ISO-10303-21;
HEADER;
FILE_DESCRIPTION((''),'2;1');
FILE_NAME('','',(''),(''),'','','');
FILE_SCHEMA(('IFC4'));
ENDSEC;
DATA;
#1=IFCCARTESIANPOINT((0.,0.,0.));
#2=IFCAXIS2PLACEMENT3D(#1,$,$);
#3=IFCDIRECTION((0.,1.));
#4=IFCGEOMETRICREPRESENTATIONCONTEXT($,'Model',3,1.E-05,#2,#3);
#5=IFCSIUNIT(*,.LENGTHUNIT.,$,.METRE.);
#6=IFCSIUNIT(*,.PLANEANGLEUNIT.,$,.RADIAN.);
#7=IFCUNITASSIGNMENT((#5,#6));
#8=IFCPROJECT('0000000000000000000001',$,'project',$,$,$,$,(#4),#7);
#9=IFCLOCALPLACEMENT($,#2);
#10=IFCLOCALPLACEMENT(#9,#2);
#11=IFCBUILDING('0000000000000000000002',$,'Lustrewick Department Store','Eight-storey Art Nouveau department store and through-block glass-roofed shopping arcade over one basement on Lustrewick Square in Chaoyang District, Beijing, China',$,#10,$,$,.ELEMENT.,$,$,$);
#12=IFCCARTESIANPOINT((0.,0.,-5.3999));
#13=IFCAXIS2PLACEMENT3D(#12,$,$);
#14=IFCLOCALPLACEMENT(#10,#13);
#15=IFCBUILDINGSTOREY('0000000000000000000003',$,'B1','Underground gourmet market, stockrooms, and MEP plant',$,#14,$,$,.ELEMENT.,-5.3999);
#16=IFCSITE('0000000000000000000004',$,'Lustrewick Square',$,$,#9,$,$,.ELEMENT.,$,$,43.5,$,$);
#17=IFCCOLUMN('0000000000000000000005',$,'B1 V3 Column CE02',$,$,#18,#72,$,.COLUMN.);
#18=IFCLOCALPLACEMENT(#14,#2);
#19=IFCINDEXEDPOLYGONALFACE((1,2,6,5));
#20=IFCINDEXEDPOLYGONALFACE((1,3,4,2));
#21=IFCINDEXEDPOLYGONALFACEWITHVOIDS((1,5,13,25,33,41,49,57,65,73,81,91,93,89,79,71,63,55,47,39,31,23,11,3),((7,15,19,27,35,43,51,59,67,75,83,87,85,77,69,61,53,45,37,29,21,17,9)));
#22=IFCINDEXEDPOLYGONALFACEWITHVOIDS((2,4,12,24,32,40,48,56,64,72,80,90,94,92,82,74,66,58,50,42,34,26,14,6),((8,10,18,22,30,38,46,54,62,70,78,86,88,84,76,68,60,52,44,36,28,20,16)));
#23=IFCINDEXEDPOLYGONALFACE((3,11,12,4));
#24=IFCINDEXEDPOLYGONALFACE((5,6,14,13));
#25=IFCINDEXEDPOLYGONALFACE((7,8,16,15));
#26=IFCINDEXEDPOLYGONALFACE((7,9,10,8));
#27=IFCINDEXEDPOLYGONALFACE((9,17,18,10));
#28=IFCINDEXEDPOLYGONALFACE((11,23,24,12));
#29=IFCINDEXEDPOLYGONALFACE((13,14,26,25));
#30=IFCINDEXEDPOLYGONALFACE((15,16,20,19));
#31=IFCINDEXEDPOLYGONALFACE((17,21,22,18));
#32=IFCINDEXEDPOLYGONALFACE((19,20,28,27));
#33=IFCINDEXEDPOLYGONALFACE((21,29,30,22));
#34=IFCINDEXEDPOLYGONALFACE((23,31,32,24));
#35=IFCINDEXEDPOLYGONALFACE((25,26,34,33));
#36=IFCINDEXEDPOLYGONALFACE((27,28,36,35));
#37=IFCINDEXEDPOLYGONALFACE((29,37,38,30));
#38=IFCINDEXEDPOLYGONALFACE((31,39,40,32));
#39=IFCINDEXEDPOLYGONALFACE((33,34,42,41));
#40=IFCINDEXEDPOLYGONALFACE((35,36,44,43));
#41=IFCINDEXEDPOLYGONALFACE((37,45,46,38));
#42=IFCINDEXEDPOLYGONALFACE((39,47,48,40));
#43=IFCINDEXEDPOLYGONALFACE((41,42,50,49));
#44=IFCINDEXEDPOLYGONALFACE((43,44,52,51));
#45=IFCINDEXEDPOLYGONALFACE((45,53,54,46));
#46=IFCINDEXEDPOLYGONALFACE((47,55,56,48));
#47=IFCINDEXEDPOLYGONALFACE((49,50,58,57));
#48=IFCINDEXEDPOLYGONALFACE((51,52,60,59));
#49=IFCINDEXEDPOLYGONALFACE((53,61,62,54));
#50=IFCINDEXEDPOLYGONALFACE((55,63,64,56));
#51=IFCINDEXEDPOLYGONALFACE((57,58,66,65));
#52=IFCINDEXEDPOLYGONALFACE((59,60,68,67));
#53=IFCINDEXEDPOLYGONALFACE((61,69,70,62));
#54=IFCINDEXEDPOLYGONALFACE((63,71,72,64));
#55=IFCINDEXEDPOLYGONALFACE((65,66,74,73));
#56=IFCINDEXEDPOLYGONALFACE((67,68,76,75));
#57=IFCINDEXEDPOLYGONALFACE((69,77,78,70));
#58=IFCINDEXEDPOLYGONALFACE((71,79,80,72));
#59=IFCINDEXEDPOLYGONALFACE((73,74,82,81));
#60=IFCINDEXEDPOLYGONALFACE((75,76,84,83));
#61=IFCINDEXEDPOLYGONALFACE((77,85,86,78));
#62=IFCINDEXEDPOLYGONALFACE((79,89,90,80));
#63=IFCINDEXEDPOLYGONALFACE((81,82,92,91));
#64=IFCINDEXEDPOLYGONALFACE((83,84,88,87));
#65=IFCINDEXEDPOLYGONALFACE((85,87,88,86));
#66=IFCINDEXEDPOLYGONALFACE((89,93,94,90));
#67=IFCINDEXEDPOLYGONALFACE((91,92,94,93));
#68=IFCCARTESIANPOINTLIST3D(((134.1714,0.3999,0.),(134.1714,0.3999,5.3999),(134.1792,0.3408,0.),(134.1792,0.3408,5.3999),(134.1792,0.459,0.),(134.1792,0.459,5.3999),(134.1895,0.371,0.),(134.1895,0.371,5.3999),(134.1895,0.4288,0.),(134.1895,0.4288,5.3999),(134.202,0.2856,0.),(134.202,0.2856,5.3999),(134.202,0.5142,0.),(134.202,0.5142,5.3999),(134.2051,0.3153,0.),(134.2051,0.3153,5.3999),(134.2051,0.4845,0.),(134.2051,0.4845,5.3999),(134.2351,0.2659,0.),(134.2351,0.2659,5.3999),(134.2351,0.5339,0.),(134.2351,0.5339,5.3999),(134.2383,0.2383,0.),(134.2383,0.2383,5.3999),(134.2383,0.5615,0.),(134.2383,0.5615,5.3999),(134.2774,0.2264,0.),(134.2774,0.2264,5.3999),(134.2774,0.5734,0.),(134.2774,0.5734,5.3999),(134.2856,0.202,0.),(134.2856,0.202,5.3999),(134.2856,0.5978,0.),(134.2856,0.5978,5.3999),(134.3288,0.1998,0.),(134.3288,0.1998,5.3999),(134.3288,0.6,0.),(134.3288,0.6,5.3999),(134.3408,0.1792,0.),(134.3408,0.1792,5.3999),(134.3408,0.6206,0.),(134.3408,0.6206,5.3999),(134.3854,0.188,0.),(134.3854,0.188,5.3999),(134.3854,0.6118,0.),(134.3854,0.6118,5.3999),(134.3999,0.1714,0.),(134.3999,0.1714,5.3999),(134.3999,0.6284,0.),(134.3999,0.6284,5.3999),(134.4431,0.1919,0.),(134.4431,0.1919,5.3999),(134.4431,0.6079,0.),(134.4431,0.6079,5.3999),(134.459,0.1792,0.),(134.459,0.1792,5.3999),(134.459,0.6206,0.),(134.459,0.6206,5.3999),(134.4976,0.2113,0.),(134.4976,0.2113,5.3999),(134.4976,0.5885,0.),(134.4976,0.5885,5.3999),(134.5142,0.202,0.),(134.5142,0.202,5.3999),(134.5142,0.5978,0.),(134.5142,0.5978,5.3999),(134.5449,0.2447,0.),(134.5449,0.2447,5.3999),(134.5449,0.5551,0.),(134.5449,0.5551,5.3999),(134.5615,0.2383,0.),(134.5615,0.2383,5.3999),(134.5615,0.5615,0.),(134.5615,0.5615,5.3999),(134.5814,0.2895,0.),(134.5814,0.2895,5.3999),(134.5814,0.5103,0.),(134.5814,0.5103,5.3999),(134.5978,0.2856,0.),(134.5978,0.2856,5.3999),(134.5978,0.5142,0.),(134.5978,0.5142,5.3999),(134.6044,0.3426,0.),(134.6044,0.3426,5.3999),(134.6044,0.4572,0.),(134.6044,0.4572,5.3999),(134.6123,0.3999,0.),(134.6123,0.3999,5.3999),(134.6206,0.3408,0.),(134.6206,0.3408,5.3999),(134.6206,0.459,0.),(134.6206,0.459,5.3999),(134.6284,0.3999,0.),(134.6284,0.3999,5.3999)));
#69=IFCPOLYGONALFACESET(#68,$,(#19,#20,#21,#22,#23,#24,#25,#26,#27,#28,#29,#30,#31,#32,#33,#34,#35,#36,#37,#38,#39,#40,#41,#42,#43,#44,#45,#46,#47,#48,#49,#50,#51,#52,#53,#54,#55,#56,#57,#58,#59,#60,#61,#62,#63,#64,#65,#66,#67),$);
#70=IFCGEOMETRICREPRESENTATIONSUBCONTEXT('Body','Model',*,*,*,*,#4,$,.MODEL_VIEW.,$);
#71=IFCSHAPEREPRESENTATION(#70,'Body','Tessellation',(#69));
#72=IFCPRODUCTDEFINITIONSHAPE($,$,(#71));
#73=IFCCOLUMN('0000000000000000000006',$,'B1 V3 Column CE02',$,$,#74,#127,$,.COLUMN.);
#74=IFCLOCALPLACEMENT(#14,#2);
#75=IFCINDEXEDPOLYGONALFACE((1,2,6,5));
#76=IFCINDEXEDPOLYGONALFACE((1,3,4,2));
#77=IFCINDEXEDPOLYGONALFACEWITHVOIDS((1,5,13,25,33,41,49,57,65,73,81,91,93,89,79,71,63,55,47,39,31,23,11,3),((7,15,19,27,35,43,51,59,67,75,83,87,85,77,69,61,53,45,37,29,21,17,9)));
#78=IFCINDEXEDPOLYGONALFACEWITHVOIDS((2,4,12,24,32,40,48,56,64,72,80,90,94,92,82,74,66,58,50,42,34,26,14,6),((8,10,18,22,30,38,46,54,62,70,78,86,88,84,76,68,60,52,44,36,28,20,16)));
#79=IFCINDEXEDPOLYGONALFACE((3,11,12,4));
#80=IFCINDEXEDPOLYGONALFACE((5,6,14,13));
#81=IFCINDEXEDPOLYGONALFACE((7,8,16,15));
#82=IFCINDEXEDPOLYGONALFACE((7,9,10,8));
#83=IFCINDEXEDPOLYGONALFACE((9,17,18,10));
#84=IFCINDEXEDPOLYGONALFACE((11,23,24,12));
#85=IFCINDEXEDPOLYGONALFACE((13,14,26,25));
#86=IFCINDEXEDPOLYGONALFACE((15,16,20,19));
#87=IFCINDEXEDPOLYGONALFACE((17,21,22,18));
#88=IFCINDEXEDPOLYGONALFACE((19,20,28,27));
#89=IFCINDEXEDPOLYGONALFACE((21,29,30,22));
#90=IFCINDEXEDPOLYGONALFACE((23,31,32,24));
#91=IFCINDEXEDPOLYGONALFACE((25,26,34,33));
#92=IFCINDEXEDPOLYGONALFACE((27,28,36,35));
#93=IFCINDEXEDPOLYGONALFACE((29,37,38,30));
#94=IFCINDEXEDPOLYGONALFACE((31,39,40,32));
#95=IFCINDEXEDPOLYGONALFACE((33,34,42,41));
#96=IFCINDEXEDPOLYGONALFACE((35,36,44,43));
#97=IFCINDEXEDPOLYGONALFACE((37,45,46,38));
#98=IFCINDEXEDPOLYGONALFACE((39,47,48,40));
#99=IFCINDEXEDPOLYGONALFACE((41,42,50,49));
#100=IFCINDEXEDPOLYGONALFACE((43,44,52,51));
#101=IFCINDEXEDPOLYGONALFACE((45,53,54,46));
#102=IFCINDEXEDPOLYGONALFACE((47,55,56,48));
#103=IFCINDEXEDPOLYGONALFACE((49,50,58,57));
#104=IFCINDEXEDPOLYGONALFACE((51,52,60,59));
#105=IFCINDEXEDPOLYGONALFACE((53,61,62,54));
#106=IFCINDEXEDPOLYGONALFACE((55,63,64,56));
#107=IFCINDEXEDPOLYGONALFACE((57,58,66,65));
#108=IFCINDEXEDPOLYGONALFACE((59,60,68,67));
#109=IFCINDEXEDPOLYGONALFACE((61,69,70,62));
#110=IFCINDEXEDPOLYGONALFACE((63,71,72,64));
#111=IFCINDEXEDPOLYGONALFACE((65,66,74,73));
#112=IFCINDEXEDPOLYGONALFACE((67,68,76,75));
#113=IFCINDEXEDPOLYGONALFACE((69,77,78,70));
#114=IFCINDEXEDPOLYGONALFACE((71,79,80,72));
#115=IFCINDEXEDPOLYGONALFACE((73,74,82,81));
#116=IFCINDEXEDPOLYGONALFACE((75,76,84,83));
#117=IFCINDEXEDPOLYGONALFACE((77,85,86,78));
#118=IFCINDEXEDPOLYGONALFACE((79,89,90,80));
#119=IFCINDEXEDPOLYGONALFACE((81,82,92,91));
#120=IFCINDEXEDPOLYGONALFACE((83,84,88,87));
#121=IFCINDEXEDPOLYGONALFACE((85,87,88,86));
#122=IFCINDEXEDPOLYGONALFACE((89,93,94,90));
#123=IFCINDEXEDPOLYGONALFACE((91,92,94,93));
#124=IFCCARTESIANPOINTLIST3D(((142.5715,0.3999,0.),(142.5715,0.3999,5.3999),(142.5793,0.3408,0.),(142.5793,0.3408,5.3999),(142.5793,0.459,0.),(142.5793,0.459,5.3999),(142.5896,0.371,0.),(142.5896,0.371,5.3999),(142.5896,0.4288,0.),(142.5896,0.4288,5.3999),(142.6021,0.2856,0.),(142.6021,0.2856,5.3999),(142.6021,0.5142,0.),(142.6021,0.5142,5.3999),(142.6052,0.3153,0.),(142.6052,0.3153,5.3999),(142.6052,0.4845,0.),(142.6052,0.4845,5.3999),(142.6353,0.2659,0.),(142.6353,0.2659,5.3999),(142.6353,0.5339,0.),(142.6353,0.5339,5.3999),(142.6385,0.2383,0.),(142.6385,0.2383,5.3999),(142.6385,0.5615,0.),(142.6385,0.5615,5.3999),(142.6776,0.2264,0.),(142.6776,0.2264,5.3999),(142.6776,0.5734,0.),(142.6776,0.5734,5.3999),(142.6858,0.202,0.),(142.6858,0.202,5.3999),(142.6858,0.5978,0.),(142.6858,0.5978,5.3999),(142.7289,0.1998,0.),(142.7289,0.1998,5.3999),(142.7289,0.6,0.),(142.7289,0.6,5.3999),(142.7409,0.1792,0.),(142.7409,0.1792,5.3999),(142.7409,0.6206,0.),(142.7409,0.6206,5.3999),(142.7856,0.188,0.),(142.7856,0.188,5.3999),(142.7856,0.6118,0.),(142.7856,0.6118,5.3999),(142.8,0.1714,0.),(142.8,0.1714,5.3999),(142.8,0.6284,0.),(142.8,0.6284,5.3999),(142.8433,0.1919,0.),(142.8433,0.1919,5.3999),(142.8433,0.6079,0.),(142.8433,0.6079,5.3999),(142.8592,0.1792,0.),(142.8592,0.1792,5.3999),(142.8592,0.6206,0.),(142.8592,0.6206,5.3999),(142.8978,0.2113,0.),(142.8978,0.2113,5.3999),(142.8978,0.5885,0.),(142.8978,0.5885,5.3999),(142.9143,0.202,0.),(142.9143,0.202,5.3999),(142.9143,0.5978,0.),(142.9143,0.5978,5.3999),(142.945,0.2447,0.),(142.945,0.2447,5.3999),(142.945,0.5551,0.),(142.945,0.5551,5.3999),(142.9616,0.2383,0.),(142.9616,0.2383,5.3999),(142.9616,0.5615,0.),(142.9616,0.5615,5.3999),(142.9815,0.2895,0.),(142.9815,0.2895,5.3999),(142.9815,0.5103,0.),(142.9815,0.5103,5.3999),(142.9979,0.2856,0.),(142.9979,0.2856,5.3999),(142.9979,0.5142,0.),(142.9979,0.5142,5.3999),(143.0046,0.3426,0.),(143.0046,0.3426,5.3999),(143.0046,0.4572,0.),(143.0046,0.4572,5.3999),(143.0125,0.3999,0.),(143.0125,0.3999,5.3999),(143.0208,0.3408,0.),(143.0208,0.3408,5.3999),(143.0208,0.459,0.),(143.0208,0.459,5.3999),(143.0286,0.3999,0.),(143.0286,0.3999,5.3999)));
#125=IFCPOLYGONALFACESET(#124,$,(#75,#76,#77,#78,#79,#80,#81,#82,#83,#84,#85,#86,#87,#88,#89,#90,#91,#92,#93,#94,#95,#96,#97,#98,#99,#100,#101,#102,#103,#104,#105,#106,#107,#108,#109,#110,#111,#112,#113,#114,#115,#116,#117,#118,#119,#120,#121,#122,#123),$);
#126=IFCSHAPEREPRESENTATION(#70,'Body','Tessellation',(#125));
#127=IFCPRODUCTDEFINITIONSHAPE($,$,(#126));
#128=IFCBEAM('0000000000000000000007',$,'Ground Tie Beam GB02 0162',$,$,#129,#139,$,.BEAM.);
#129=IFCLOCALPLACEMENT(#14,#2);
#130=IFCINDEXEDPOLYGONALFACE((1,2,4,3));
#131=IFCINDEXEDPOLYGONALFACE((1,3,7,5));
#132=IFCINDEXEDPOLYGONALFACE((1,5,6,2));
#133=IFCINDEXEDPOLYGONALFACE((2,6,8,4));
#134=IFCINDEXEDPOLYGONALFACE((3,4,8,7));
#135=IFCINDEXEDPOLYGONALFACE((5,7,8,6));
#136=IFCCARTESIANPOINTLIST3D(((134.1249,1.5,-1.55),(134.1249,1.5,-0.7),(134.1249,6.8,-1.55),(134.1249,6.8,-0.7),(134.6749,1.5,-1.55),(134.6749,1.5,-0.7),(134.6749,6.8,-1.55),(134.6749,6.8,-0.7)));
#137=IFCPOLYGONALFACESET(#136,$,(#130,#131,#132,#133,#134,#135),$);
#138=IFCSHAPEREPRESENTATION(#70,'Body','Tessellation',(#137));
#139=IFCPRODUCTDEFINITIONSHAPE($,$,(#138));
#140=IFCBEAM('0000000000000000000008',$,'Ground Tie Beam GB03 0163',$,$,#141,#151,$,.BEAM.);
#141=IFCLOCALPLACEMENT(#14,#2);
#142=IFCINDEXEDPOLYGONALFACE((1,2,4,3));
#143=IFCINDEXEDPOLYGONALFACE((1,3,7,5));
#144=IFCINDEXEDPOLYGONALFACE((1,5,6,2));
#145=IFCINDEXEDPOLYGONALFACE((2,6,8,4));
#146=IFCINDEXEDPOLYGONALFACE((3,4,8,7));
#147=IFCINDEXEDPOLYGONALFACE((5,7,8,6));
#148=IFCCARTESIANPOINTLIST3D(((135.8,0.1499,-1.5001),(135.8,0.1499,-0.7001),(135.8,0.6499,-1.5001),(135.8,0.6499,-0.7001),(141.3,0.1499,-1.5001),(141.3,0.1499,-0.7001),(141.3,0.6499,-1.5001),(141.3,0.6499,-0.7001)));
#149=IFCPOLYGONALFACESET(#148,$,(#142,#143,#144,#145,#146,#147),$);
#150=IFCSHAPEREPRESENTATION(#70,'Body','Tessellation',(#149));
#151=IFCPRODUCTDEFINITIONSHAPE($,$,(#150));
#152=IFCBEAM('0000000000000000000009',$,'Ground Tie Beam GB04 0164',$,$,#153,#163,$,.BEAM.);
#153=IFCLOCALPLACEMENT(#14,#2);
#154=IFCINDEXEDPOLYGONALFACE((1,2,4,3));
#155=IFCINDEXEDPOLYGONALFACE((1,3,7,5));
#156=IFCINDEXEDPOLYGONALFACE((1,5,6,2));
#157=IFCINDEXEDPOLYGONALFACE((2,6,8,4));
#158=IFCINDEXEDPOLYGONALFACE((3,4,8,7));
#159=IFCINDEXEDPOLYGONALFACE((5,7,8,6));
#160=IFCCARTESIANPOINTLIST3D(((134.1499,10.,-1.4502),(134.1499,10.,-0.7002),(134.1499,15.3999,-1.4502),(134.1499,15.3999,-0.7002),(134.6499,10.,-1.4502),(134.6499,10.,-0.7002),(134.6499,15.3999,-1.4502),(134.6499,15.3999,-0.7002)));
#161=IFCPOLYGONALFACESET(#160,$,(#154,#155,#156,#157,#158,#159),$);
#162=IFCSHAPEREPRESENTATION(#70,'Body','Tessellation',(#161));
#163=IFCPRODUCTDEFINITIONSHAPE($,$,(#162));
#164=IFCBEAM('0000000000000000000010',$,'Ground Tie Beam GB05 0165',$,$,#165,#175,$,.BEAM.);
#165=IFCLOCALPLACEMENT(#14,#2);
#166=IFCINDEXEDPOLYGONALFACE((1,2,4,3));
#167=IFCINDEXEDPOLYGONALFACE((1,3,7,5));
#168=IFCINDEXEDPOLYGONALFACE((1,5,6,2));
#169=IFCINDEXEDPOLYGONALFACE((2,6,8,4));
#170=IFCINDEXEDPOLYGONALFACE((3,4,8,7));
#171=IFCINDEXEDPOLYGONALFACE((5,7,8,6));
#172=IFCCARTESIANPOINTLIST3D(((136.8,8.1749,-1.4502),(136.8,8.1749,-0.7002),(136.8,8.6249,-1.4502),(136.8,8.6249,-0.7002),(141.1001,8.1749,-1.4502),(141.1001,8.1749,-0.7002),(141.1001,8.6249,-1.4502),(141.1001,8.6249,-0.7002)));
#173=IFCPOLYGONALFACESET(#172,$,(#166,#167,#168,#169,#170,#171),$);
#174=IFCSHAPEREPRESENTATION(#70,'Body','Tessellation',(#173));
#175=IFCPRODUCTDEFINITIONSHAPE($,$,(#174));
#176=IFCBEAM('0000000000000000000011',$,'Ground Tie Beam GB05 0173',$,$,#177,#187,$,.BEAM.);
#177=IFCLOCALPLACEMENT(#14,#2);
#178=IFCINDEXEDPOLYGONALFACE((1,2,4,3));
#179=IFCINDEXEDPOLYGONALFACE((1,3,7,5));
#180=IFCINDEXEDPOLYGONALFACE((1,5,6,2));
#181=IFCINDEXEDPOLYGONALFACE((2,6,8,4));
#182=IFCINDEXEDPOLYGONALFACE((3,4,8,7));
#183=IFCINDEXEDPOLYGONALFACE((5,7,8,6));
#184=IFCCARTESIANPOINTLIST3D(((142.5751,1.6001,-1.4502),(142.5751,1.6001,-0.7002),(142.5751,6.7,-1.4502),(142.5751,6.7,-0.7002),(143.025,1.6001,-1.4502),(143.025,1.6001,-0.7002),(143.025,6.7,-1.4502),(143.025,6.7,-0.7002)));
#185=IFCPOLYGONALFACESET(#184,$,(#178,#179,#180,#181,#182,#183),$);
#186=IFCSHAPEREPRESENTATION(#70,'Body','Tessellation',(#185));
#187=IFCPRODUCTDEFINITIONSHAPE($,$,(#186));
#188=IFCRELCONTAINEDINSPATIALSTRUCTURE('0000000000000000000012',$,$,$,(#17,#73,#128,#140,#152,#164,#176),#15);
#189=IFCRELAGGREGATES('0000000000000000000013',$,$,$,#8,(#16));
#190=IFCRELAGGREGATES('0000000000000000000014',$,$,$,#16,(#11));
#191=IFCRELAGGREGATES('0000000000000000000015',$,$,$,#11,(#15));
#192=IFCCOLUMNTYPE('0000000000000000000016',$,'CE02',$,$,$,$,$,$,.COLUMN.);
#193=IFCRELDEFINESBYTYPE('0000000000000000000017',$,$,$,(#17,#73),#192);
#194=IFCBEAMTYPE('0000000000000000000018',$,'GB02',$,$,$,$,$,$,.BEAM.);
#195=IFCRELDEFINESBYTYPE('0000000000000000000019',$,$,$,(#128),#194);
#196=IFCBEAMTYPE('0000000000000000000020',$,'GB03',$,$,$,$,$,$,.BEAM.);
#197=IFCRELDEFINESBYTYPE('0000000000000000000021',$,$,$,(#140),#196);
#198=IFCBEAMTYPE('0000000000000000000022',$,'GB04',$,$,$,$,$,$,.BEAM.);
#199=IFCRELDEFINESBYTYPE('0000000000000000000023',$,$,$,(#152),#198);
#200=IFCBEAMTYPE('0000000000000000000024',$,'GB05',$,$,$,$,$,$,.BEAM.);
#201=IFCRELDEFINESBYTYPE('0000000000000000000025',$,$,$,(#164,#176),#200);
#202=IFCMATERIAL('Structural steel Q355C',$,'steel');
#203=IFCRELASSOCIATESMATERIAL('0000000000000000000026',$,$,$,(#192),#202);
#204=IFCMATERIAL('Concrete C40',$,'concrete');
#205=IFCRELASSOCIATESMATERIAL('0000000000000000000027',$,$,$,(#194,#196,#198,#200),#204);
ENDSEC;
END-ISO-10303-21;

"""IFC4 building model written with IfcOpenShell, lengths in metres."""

from ifc_helpers import new_model, si_unit, direction, frame, origin, origin_2d, place, context, subcontext, project, spatial, rectangle, hollow_circle, extrude, material, material_profile, profile_set, type_object, element, save


model = new_model("IFC4")

# Units and contexts
model_context = context("Model", 3, precision=1e-05, world=origin(), true_north=direction((0.0, 1.0)))
body_context = subcontext(model_context, "Body", "Model", "MODEL_VIEW")
ifc_project = project(units=[si_unit("LENGTHUNIT", "METRE"), si_unit("PLANEANGLEUNIT", "RADIAN")], contexts=[model_context])

# Site, building, storey
site_placement = place(None, origin())
site = spatial("IfcSite", under=ifc_project, at=site_placement, Name="Lustrewick Square", CompositionType="ELEMENT", RefElevation=43.5)
building_placement = place(site_placement, origin())
building = spatial("IfcBuilding", under=site, at=building_placement, Name="Lustrewick Department Store", Description="Eight-storey Art Nouveau department store and through-block glass-roofed shopping arcade over one basement on Lustrewick Square in Chaoyang District, Beijing, China", CompositionType="ELEMENT")
storey_placement = place(building_placement, frame((0.0, 0.0, -5.3999)))
storey = spatial("IfcBuildingStorey", under=building, at=storey_placement, Name="B1", Description="Underground gourmet market, stockrooms, and MEP plant", CompositionType="ELEMENT", Elevation=-5.3999)

# Shared definitions
ifc_material_1 = material(Name="Concrete C40", Category="concrete")

# Columns
ifc_material_2 = material(Name="Structural steel Q355C", Category="steel")
ifc_material_profile_1 = material_profile(ifc_material_2, hollow_circle(Radius=0.2285, WallThickness=0.0161, at=origin_2d()), Name="CHS 457x16")
ifc_profile_set_1 = profile_set([ifc_material_profile_1], Name="Structural steel Q355C")
column_type_1 = type_object("IfcColumnType", Name="CE02", PredefinedType="COLUMN", material=ifc_profile_set_1)
for number, where, z_axis, x_axis, name in (
    (1, (134.3999, 0.3999, 0.0), (0.0, 0.0, 1.0), (1.0, 0.0, 0.0), "B1 V3 Column CE02"),
    (2, (142.8, 0.3999, 0.0), (0.0, 0.0, 1.0), (1.0, 0.0, 0.0), "B1 V3 Column CE02"),
):
    element("IfcColumn", number, at=place(storey_placement, frame(where, z_axis=z_axis, x_axis=x_axis)), inside=storey, type_object=column_type_1, Name=name, PredefinedType="COLUMN", context=body_context, shape_type="SweptSolid", body=[
        extrude(hollow_circle(Radius=0.2285, WallThickness=0.0161, at=origin_2d()), origin(), (0.0, 0.0, 1.0), 5.3999),
    ])

# Beams
ifc_material_profile_2 = material_profile(ifc_material_1, rectangle(XDim=0.55, YDim=0.8501, at=origin_2d()), Name="RC 550x850")
ifc_profile_set_2 = profile_set([ifc_material_profile_2], Name="Concrete C40")
beam_type_1 = type_object("IfcBeamType", Name="GB02", PredefinedType="BEAM", material=ifc_profile_set_2)
beam_1_placement = place(storey_placement, frame((134.3999, 1.5, -1.125), z_axis=(0.0, 1.0, 0.0), x_axis=(-1.0, 0.0, 0.0)))
element("IfcBeam", 3, at=beam_1_placement, inside=storey, type_object=beam_type_1, Name="Ground Tie Beam GB02 0162", PredefinedType="BEAM", context=body_context, shape_type="SweptSolid", body=[
    extrude(rectangle(XDim=0.55, YDim=0.8501, at=origin_2d()), origin(), (0.0, 0.0, 1.0), 5.3),
])
ifc_material_profile_3 = material_profile(ifc_material_1, rectangle(XDim=0.5, YDim=0.8, at=origin_2d()), Name="RC 500x800")
ifc_profile_set_3 = profile_set([ifc_material_profile_3], Name="Concrete C40")
beam_type_2 = type_object("IfcBeamType", Name="GB03", PredefinedType="BEAM", material=ifc_profile_set_3)
beam_2_placement = place(storey_placement, frame((135.8, 0.3999, -1.1001), z_axis=(1.0, 0.0, 0.0), x_axis=(0.0, 1.0, 0.0)))
element("IfcBeam", 4, at=beam_2_placement, inside=storey, type_object=beam_type_2, Name="Ground Tie Beam GB03 0163", PredefinedType="BEAM", context=body_context, shape_type="SweptSolid", body=[
    extrude(rectangle(XDim=0.5, YDim=0.8, at=origin_2d()), origin(), (0.0, 0.0, 1.0), 5.5),
])
ifc_material_profile_4 = material_profile(ifc_material_1, rectangle(XDim=0.5, YDim=0.75, at=origin_2d()), Name="RC 500x750")
ifc_profile_set_4 = profile_set([ifc_material_profile_4], Name="Concrete C40")
beam_type_3 = type_object("IfcBeamType", Name="GB04", PredefinedType="BEAM", material=ifc_profile_set_4)
beam_3_placement = place(storey_placement, frame((134.3999, 10.0, -1.0752), z_axis=(0.0, 1.0, 0.0), x_axis=(-1.0, 0.0, 0.0)))
element("IfcBeam", 5, at=beam_3_placement, inside=storey, type_object=beam_type_3, Name="Ground Tie Beam GB04 0164", PredefinedType="BEAM", context=body_context, shape_type="SweptSolid", body=[
    extrude(rectangle(XDim=0.5, YDim=0.75, at=origin_2d()), origin(), (0.0, 0.0, 1.0), 5.3999),
])
ifc_material_profile_5 = material_profile(ifc_material_1, rectangle(XDim=0.45, YDim=0.75, at=origin_2d()), Name="RC 450x750")
ifc_profile_set_5 = profile_set([ifc_material_profile_5], Name="Concrete C40")
beam_type_4 = type_object("IfcBeamType", Name="GB05", PredefinedType="BEAM", material=ifc_profile_set_5)
beam_4_placement = place(storey_placement, frame((136.8, 8.3999, -1.0752), z_axis=(1.0, 0.0, 0.0), x_axis=(0.0, 1.0, 0.0)))
element("IfcBeam", 6, at=beam_4_placement, inside=storey, type_object=beam_type_4, Name="Ground Tie Beam GB05 0165", PredefinedType="BEAM", context=body_context, shape_type="SweptSolid", body=[
    extrude(rectangle(XDim=0.45, YDim=0.75, at=origin_2d()), origin(), (0.0, 0.0, 1.0), 4.3),
])
beam_5_placement = place(storey_placement, frame((142.8, 1.6001, -1.0752), z_axis=(0.0, 1.0, 0.0), x_axis=(-1.0, 0.0, 0.0)))
element("IfcBeam", 7, at=beam_5_placement, inside=storey, type_object=beam_type_4, Name="Ground Tie Beam GB05 0173", PredefinedType="BEAM", context=body_context, shape_type="SweptSolid", body=[
    extrude(rectangle(XDim=0.45, YDim=0.75, at=origin_2d()), origin(), (0.0, 0.0, 1.0), 5.0999),
])

save(model, "model.ifc")
